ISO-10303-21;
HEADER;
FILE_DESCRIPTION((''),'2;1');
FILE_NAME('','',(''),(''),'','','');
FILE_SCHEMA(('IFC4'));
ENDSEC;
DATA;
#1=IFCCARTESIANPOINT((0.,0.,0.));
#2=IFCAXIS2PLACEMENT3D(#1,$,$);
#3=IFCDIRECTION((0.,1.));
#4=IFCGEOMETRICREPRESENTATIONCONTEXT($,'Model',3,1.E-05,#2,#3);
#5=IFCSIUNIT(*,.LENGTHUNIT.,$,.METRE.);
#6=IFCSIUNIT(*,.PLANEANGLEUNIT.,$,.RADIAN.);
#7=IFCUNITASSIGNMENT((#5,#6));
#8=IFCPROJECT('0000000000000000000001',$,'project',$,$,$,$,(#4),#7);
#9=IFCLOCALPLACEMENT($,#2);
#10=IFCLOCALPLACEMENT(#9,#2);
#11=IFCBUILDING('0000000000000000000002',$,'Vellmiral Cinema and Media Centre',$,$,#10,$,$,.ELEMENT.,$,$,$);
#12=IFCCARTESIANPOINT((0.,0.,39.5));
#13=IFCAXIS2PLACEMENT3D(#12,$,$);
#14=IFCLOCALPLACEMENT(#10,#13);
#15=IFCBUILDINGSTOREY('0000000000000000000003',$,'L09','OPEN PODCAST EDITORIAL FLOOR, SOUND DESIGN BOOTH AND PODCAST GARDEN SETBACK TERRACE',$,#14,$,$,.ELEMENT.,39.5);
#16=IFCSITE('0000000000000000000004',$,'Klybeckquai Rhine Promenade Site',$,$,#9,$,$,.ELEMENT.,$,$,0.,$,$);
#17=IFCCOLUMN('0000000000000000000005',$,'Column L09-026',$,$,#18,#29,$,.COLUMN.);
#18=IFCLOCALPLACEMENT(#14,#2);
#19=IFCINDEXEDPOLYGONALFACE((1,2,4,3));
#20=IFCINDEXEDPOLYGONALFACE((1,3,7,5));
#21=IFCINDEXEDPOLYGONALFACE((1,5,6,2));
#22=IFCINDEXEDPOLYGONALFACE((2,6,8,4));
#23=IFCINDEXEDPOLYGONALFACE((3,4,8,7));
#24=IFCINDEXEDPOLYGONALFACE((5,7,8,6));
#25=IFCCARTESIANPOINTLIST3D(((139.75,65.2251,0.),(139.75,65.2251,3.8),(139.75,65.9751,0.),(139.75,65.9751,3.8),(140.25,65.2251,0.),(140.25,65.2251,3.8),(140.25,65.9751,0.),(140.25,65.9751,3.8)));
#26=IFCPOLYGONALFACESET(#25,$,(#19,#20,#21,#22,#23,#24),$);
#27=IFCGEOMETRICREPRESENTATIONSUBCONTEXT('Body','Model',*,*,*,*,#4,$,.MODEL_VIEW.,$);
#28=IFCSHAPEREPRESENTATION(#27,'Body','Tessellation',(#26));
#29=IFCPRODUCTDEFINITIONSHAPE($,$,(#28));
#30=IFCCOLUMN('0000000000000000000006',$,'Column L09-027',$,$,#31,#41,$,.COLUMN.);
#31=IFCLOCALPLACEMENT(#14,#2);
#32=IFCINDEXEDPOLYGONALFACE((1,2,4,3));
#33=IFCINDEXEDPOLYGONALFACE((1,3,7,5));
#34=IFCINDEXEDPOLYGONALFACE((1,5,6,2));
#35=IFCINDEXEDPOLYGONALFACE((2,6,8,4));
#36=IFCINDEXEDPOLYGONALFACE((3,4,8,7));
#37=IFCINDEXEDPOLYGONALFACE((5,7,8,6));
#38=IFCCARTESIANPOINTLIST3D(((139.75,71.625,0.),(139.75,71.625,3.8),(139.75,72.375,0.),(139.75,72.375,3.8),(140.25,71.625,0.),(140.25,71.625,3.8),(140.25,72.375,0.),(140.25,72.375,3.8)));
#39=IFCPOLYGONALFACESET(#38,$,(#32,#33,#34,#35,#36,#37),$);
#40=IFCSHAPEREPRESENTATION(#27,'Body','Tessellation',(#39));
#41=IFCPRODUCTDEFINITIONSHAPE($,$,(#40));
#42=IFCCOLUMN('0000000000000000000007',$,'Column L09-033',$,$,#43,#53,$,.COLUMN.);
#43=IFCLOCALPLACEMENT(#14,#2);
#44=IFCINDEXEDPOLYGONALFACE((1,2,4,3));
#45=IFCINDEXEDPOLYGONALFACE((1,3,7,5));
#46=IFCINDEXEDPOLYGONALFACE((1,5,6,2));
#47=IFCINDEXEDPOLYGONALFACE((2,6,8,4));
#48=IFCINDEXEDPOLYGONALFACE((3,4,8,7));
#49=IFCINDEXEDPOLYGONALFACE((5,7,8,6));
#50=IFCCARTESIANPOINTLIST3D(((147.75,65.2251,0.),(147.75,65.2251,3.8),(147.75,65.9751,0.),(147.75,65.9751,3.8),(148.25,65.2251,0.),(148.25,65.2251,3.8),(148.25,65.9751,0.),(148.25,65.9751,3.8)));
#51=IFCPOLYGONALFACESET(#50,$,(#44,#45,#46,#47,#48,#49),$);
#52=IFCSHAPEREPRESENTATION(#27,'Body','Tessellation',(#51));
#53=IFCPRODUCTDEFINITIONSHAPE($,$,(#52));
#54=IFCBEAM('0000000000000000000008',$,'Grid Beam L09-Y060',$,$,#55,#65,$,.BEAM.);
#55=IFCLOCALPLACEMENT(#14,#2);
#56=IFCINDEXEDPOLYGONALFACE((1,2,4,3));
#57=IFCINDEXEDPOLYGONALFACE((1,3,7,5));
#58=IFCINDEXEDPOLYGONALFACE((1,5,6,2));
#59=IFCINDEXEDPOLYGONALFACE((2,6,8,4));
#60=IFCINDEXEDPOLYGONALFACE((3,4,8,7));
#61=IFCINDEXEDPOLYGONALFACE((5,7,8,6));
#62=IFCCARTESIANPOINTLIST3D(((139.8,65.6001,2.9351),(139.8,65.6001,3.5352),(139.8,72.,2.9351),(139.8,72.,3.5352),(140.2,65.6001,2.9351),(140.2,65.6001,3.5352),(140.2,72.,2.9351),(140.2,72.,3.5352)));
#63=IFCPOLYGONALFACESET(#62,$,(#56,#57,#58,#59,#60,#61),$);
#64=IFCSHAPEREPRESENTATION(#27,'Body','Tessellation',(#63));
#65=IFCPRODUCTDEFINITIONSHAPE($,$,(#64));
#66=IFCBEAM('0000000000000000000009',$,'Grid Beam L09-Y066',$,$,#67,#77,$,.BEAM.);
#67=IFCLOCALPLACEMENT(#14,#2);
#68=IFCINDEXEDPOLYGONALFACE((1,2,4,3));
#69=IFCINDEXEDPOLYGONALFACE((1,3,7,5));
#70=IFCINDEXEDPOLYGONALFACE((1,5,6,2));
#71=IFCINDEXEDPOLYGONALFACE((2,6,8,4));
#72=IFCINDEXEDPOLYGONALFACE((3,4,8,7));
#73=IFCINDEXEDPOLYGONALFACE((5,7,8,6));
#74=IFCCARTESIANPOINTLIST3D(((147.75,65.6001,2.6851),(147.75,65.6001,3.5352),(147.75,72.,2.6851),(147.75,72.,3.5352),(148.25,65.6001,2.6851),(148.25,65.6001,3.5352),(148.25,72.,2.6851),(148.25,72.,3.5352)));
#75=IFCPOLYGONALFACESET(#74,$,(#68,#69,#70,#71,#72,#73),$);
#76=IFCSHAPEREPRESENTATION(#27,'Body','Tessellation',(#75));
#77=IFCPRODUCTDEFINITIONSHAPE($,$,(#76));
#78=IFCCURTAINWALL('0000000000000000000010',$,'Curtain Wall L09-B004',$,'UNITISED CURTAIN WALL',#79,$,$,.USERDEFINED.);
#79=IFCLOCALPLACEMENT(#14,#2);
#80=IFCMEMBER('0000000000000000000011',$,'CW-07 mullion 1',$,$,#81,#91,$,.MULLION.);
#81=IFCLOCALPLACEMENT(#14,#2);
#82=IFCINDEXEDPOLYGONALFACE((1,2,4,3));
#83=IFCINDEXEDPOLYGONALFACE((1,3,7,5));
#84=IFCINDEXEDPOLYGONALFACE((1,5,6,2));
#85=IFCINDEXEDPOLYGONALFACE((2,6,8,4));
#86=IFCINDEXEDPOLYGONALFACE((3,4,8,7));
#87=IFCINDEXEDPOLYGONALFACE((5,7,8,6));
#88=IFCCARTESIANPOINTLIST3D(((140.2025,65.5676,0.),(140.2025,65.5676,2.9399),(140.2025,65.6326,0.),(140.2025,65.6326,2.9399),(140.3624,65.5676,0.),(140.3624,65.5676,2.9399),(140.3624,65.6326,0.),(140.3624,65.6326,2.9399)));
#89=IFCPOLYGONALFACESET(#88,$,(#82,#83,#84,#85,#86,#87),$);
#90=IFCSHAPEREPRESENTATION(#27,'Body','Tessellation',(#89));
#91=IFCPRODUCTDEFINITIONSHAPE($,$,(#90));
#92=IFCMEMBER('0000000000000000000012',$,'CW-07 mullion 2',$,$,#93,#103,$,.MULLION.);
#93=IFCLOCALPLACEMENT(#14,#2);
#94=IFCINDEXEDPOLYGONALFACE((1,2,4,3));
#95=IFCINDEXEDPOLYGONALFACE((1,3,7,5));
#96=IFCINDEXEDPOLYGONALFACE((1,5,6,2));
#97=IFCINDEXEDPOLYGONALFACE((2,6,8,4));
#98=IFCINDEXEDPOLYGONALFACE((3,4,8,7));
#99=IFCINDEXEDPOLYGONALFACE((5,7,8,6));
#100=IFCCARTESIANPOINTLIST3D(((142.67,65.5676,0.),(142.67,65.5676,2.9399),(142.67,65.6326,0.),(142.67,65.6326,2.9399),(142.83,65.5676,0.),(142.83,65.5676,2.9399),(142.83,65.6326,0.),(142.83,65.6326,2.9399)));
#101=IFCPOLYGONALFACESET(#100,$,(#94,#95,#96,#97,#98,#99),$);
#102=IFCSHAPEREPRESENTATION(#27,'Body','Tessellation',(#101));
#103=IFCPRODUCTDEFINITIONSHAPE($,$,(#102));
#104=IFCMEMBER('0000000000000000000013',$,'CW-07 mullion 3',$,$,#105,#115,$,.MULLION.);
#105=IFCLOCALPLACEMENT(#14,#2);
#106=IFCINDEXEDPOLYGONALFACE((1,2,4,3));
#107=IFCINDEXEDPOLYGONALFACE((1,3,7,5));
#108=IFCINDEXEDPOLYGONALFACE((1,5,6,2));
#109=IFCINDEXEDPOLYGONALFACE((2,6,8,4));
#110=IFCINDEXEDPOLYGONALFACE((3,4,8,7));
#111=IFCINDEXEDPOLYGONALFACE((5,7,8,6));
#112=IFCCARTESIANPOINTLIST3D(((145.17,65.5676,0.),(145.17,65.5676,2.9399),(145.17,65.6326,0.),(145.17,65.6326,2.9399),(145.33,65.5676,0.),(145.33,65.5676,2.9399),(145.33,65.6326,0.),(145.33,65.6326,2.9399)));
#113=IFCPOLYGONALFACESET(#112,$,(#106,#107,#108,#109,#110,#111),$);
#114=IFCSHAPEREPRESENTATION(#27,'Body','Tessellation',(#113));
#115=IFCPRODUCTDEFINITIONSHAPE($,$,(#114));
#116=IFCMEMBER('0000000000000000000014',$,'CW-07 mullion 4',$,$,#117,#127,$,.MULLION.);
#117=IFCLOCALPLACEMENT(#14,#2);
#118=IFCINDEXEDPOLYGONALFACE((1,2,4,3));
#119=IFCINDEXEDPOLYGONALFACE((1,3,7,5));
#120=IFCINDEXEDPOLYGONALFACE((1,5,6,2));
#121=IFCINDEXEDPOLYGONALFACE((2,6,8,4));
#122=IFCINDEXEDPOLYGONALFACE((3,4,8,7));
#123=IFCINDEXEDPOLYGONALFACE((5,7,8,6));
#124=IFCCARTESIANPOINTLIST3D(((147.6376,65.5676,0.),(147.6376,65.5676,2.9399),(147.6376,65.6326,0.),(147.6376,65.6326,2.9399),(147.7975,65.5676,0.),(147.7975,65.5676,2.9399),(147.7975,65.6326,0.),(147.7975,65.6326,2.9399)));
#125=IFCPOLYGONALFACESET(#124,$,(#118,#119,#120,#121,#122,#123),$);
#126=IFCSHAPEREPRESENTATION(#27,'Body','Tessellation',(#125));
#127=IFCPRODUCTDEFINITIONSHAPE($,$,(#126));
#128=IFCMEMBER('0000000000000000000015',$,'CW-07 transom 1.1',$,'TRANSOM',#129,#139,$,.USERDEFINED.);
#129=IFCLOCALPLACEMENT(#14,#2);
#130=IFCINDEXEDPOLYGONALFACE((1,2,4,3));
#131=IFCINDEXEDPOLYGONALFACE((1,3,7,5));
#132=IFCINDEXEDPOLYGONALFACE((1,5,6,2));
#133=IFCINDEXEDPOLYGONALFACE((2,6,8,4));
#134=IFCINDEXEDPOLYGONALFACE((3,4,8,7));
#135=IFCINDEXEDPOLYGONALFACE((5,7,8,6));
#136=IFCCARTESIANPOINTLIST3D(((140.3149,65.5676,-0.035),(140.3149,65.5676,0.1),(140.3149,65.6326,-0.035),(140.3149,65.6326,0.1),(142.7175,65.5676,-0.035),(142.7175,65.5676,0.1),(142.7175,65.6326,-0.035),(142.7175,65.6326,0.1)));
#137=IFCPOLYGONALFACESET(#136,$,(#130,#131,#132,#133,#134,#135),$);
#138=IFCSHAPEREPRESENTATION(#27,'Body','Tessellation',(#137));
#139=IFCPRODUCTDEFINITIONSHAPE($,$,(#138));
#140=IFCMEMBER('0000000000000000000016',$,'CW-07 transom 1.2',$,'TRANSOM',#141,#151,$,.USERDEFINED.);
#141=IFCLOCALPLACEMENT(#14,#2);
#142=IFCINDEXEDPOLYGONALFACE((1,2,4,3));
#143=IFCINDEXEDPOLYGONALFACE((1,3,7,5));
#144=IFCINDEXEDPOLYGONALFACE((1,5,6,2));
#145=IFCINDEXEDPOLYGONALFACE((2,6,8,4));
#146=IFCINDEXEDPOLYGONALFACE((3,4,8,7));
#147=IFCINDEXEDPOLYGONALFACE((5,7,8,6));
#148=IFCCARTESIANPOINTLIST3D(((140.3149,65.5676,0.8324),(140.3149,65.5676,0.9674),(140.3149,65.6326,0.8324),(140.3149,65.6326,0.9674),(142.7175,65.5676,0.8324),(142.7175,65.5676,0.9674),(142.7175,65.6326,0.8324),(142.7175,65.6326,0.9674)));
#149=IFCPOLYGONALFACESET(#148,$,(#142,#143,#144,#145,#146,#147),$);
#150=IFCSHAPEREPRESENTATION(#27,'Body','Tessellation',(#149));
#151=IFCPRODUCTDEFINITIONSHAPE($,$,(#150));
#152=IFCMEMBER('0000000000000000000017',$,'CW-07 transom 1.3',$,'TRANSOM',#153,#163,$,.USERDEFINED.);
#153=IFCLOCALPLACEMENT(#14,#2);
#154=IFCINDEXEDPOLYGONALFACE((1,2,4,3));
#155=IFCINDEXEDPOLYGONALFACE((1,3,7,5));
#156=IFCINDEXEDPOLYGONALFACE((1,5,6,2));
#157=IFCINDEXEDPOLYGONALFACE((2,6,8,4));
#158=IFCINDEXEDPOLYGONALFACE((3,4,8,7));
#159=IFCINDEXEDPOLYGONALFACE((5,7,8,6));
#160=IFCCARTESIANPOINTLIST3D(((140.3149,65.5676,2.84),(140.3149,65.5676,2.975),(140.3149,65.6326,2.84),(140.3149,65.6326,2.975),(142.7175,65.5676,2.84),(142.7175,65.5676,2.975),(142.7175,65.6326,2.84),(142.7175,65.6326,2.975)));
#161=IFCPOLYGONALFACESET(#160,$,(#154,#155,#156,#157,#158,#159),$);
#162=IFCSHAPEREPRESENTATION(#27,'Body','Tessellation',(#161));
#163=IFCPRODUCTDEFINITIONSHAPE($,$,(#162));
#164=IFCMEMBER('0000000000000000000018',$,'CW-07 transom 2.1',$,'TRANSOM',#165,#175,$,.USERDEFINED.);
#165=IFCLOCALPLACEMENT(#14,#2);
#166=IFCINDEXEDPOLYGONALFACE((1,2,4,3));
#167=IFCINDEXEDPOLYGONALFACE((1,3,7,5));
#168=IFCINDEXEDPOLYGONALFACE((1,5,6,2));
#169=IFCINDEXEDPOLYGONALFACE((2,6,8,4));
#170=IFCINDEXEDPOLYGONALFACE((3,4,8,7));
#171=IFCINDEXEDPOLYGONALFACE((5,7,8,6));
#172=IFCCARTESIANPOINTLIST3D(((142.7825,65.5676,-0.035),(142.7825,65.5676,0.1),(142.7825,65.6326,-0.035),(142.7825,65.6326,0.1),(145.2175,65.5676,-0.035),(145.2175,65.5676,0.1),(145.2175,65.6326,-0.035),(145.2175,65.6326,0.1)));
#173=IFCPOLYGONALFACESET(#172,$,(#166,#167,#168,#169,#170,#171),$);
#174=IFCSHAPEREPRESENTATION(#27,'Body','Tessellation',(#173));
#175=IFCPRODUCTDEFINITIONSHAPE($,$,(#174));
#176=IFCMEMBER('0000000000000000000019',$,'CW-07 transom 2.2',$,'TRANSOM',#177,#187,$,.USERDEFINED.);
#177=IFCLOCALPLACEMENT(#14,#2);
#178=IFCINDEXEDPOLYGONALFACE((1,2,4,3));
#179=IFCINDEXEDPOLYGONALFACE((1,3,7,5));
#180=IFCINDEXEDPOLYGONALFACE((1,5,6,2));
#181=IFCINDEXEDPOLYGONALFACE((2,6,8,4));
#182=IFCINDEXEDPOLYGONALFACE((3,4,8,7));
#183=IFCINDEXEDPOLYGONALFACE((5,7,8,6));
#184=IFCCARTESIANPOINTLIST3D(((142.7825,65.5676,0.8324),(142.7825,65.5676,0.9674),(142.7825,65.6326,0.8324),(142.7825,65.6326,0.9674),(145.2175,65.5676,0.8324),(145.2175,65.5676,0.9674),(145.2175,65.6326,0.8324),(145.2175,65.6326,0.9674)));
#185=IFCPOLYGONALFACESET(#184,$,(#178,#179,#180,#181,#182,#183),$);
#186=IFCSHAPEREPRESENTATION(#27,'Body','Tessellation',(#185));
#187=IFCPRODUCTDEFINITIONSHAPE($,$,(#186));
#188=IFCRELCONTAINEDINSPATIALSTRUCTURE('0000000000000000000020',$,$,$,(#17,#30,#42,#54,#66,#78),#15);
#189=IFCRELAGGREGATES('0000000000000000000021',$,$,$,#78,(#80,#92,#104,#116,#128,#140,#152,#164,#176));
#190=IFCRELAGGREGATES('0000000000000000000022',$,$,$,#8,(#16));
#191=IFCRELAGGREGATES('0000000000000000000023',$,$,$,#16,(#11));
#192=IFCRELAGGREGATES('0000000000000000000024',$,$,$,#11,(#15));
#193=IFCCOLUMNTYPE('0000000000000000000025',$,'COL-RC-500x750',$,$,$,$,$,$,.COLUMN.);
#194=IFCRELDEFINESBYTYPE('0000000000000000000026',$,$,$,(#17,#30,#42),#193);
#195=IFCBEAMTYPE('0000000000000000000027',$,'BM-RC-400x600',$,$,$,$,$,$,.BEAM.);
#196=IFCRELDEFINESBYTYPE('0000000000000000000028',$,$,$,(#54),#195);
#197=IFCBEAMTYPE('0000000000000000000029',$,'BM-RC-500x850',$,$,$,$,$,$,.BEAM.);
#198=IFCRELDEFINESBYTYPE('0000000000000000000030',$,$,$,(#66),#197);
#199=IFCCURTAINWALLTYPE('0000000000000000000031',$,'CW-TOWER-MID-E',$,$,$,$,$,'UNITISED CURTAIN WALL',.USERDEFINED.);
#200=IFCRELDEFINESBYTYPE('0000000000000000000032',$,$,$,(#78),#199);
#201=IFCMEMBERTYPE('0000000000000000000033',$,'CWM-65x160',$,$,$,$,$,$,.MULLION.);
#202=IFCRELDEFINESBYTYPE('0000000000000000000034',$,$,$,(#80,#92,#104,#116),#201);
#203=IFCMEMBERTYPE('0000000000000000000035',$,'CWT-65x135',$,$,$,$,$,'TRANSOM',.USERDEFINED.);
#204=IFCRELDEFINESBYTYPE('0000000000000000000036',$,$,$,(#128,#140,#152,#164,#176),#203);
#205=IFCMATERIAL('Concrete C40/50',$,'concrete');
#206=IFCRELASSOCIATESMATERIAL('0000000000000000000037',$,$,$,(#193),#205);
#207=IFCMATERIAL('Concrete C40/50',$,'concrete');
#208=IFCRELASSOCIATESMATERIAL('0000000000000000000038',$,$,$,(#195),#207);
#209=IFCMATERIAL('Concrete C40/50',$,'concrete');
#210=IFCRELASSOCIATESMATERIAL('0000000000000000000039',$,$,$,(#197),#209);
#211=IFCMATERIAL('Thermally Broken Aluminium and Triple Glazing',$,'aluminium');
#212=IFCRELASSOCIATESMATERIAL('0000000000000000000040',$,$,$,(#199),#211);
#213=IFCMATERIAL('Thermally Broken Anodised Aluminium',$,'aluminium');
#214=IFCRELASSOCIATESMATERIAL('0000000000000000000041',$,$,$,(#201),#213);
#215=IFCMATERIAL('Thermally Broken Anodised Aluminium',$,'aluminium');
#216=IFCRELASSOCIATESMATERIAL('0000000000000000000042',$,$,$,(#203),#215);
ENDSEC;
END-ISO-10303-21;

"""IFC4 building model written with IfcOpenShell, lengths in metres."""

from ifc_helpers import new_model, si_unit, direction, frame, origin, origin_2d, place, context, subcontext, project, spatial, rectangle, extrude, material, material_profile, profile_set, type_object, element, aggregate, save


model = new_model("IFC4")

# Units and contexts
model_context = context("Model", 3, precision=1e-05, world=origin(), true_north=direction((0.0, 1.0)))
body_context = subcontext(model_context, "Body", "Model", "MODEL_VIEW")
ifc_project = project(units=[si_unit("LENGTHUNIT", "METRE"), si_unit("PLANEANGLEUNIT", "RADIAN")], contexts=[model_context])

# Site, building, storey
site_placement = place(None, origin())
site = spatial("IfcSite", under=ifc_project, at=site_placement, Name="Klybeckquai Rhine Promenade Site", CompositionType="ELEMENT", RefElevation=0.0)
building_placement = place(site_placement, origin())
building = spatial("IfcBuilding", under=site, at=building_placement, Name="Vellmiral Cinema and Media Centre", CompositionType="ELEMENT")
storey_placement = place(building_placement, frame((0.0, 0.0, 39.5)))
storey = spatial("IfcBuildingStorey", under=building, at=storey_placement, Name="L09", Description="OPEN PODCAST EDITORIAL FLOOR, SOUND DESIGN BOOTH AND PODCAST GARDEN SETBACK TERRACE", CompositionType="ELEMENT", Elevation=39.5)

# Columns
ifc_material_1 = material(Name="Concrete C40/50", Category="concrete")
ifc_material_profile_1 = material_profile(ifc_material_1, rectangle(XDim=0.5, YDim=0.75, at=origin_2d()), Name="RC 500x750")
ifc_profile_set_1 = profile_set([ifc_material_profile_1], Name="Concrete C40/50")
column_type = type_object("IfcColumnType", Name="COL-RC-500x750", PredefinedType="COLUMN", material=ifc_profile_set_1)
for number, where, z_axis, x_axis, name in (
    (1, (140.0, 65.6001, 0.0), (0.0, 0.0, 1.0), (1.0, 0.0, 0.0), "Column L09-026"),
    (2, (140.0, 72.0, 0.0), (0.0, 0.0, 1.0), (1.0, 0.0, 0.0), "Column L09-027"),
    (3, (148.0, 65.6001, 0.0), (0.0, 0.0, 1.0), (1.0, 0.0, 0.0), "Column L09-033"),
):
    element("IfcColumn", number, at=place(storey_placement, frame(where, z_axis=z_axis, x_axis=x_axis)), inside=storey, type_object=column_type, Name=name, PredefinedType="COLUMN", context=body_context, shape_type="SweptSolid", body=[
        extrude(rectangle(XDim=0.5, YDim=0.75, at=origin_2d()), origin(), (0.0, 0.0, 1.0), 3.8),
    ])

# Beams
ifc_material_2 = material(Name="Concrete C40/50", Category="concrete")
ifc_material_profile_2 = material_profile(ifc_material_2, rectangle(XDim=0.3999, YDim=0.6001, at=origin_2d()), Name="RC 400x600")
ifc_profile_set_2 = profile_set([ifc_material_profile_2], Name="Concrete C40/50")
beam_type_1 = type_object("IfcBeamType", Name="BM-RC-400x600", PredefinedType="BEAM", material=ifc_profile_set_2)
beam_1_placement = place(storey_placement, frame((140.0, 65.6001, 3.2351), z_axis=(0.0, 1.0, 0.0), x_axis=(-1.0, 0.0, 0.0)))
element("IfcBeam", 4, at=beam_1_placement, inside=storey, type_object=beam_type_1, Name="Grid Beam L09-Y060", PredefinedType="BEAM", context=body_context, shape_type="SweptSolid", body=[
    extrude(rectangle(XDim=0.3999, YDim=0.6001, at=origin_2d()), origin(), (0.0, 0.0, 1.0), 6.3999),
])
ifc_material_3 = material(Name="Concrete C40/50", Category="concrete")
ifc_material_profile_3 = material_profile(ifc_material_3, rectangle(XDim=0.5, YDim=0.8501, at=origin_2d()), Name="RC 500x850")
ifc_profile_set_3 = profile_set([ifc_material_profile_3], Name="Concrete C40/50")
beam_type_2 = type_object("IfcBeamType", Name="BM-RC-500x850", PredefinedType="BEAM", material=ifc_profile_set_3)
beam_2_placement = place(storey_placement, frame((148.0, 65.6001, 3.1101), z_axis=(0.0, 1.0, 0.0), x_axis=(-1.0, 0.0, 0.0)))
element("IfcBeam", 5, at=beam_2_placement, inside=storey, type_object=beam_type_2, Name="Grid Beam L09-Y066", PredefinedType="BEAM", context=body_context, shape_type="SweptSolid", body=[
    extrude(rectangle(XDim=0.5, YDim=0.8501, at=origin_2d()), origin(), (0.0, 0.0, 1.0), 6.3999),
])

# Curtain wall, members
ifc_material_4 = material(Name="Thermally Broken Aluminium and Triple Glazing", Category="aluminium")
curtain_wall_type = type_object("IfcCurtainWallType", Name="CW-TOWER-MID-E", ElementType="UNITISED CURTAIN WALL", PredefinedType="USERDEFINED", material=ifc_material_4)
curtain_wall_placement = place(storey_placement, origin())
curtain_wall = element("IfcCurtainWall", 6, at=curtain_wall_placement, inside=storey, type_object=curtain_wall_type, Name="Curtain Wall L09-B004", ObjectType="UNITISED CURTAIN WALL", PredefinedType="USERDEFINED")
ifc_material_5 = material(Name="Thermally Broken Anodised Aluminium", Category="aluminium")
ifc_material_profile_4 = material_profile(ifc_material_5, rectangle(XDim=0.0649, YDim=0.1599, at=origin_2d()), Name="MULL 65x160")
ifc_profile_set_4 = profile_set([ifc_material_profile_4], Name="Thermally Broken Anodised Aluminium")
member_type_1 = type_object("IfcMemberType", Name="CWM-65x160", PredefinedType="MULLION", material=ifc_profile_set_4)
member_1_placement = place(storey_placement, frame((140.2825, 65.6001, 0.0), z_axis=(0.0, 0.0, 1.0), x_axis=(0.0, 1.0, 0.0)))
member_1 = element("IfcMember", 7, at=member_1_placement, type_object=member_type_1, Name="CW-07 mullion 1", PredefinedType="MULLION", context=body_context, shape_type="SweptSolid", body=[
    extrude(rectangle(XDim=0.0649, YDim=0.1599, at=origin_2d()), origin(), (0.0, 0.0, 1.0), 2.9399),
])
member_2_placement = place(storey_placement, frame((142.75, 65.6001, 0.0), z_axis=(0.0, 0.0, 1.0), x_axis=(0.0, 1.0, 0.0)))
member_2 = element("IfcMember", 8, at=member_2_placement, type_object=member_type_1, Name="CW-07 mullion 2", PredefinedType="MULLION", context=body_context, shape_type="SweptSolid", body=[
    extrude(rectangle(XDim=0.0649, YDim=0.1599, at=origin_2d()), origin(), (0.0, 0.0, 1.0), 2.9399),
])
member_3_placement = place(storey_placement, frame((145.25, 65.6001, 0.0), z_axis=(0.0, 0.0, 1.0), x_axis=(0.0, 1.0, 0.0)))
member_3 = element("IfcMember", 9, at=member_3_placement, type_object=member_type_1, Name="CW-07 mullion 3", PredefinedType="MULLION", context=body_context, shape_type="SweptSolid", body=[
    extrude(rectangle(XDim=0.0649, YDim=0.1599, at=origin_2d()), origin(), (0.0, 0.0, 1.0), 2.9399),
])
member_4_placement = place(storey_placement, frame((147.7175, 65.6001, 0.0), z_axis=(0.0, 0.0, 1.0), x_axis=(0.0, 1.0, 0.0)))
member_4 = element("IfcMember", 10, at=member_4_placement, type_object=member_type_1, Name="CW-07 mullion 4", PredefinedType="MULLION", context=body_context, shape_type="SweptSolid", body=[
    extrude(rectangle(XDim=0.0649, YDim=0.1599, at=origin_2d()), origin(), (0.0, 0.0, 1.0), 2.9399),
])
ifc_material_6 = material(Name="Thermally Broken Anodised Aluminium", Category="aluminium")
ifc_material_profile_5 = material_profile(ifc_material_6, rectangle(XDim=0.0649, YDim=0.135, at=origin_2d()), Name="MULL 65x135")
ifc_profile_set_5 = profile_set([ifc_material_profile_5], Name="Thermally Broken Anodised Aluminium")
member_type_2 = type_object("IfcMemberType", Name="CWT-65x135", ElementType="TRANSOM", PredefinedType="USERDEFINED", material=ifc_profile_set_5)
member_5_placement = place(storey_placement, frame((140.3149, 65.6001, 0.0325), z_axis=(1.0, 0.0, 0.0), x_axis=(0.0, 1.0, 0.0)))
member_5 = element("IfcMember", 11, at=member_5_placement, type_object=member_type_2, Name="CW-07 transom 1.1", ObjectType="TRANSOM", PredefinedType="USERDEFINED", context=body_context, shape_type="SweptSolid", body=[
    extrude(rectangle(XDim=0.0649, YDim=0.135, at=origin_2d()), origin(), (0.0, 0.0, 1.0), 2.4026),
])
member_6_placement = place(storey_placement, frame((140.3149, 65.6001, 0.8999), z_axis=(1.0, 0.0, 0.0), x_axis=(0.0, 1.0, 0.0)))
member_6 = element("IfcMember", 12, at=member_6_placement, type_object=member_type_2, Name="CW-07 transom 1.2", ObjectType="TRANSOM", PredefinedType="USERDEFINED", context=body_context, shape_type="SweptSolid", body=[
    extrude(rectangle(XDim=0.0649, YDim=0.135, at=origin_2d()), origin(), (0.0, 0.0, 1.0), 2.4026),
])
member_7_placement = place(storey_placement, frame((140.3149, 65.6001, 2.9075), z_axis=(1.0, 0.0, 0.0), x_axis=(0.0, 1.0, 0.0)))
member_7 = element("IfcMember", 13, at=member_7_placement, type_object=member_type_2, Name="CW-07 transom 1.3", ObjectType="TRANSOM", PredefinedType="USERDEFINED", context=body_context, shape_type="SweptSolid", body=[
    extrude(rectangle(XDim=0.0649, YDim=0.135, at=origin_2d()), origin(), (0.0, 0.0, 1.0), 2.4026),
])
member_8_placement = place(storey_placement, frame((142.7825, 65.6001, 0.0325), z_axis=(1.0, 0.0, 0.0), x_axis=(0.0, 1.0, 0.0)))
member_8 = element("IfcMember", 14, at=member_8_placement, type_object=member_type_2, Name="CW-07 transom 2.1", ObjectType="TRANSOM", PredefinedType="USERDEFINED", context=body_context, shape_type="SweptSolid", body=[
    extrude(rectangle(XDim=0.0649, YDim=0.135, at=origin_2d()), origin(), (0.0, 0.0, 1.0), 2.4351),
])
member_9_placement = place(storey_placement, frame((142.7825, 65.6001, 0.8999), z_axis=(1.0, 0.0, 0.0), x_axis=(0.0, 1.0, 0.0)))
member_9 = element("IfcMember", 15, at=member_9_placement, type_object=member_type_2, Name="CW-07 transom 2.2", ObjectType="TRANSOM", PredefinedType="USERDEFINED", context=body_context, shape_type="SweptSolid", body=[
    extrude(rectangle(XDim=0.0649, YDim=0.135, at=origin_2d()), origin(), (0.0, 0.0, 1.0), 2.4351),
])

aggregate(curtain_wall, [member_1, member_2, member_3, member_4, member_5, member_6, member_7, member_8, member_9])

save(model, "model.ifc")
